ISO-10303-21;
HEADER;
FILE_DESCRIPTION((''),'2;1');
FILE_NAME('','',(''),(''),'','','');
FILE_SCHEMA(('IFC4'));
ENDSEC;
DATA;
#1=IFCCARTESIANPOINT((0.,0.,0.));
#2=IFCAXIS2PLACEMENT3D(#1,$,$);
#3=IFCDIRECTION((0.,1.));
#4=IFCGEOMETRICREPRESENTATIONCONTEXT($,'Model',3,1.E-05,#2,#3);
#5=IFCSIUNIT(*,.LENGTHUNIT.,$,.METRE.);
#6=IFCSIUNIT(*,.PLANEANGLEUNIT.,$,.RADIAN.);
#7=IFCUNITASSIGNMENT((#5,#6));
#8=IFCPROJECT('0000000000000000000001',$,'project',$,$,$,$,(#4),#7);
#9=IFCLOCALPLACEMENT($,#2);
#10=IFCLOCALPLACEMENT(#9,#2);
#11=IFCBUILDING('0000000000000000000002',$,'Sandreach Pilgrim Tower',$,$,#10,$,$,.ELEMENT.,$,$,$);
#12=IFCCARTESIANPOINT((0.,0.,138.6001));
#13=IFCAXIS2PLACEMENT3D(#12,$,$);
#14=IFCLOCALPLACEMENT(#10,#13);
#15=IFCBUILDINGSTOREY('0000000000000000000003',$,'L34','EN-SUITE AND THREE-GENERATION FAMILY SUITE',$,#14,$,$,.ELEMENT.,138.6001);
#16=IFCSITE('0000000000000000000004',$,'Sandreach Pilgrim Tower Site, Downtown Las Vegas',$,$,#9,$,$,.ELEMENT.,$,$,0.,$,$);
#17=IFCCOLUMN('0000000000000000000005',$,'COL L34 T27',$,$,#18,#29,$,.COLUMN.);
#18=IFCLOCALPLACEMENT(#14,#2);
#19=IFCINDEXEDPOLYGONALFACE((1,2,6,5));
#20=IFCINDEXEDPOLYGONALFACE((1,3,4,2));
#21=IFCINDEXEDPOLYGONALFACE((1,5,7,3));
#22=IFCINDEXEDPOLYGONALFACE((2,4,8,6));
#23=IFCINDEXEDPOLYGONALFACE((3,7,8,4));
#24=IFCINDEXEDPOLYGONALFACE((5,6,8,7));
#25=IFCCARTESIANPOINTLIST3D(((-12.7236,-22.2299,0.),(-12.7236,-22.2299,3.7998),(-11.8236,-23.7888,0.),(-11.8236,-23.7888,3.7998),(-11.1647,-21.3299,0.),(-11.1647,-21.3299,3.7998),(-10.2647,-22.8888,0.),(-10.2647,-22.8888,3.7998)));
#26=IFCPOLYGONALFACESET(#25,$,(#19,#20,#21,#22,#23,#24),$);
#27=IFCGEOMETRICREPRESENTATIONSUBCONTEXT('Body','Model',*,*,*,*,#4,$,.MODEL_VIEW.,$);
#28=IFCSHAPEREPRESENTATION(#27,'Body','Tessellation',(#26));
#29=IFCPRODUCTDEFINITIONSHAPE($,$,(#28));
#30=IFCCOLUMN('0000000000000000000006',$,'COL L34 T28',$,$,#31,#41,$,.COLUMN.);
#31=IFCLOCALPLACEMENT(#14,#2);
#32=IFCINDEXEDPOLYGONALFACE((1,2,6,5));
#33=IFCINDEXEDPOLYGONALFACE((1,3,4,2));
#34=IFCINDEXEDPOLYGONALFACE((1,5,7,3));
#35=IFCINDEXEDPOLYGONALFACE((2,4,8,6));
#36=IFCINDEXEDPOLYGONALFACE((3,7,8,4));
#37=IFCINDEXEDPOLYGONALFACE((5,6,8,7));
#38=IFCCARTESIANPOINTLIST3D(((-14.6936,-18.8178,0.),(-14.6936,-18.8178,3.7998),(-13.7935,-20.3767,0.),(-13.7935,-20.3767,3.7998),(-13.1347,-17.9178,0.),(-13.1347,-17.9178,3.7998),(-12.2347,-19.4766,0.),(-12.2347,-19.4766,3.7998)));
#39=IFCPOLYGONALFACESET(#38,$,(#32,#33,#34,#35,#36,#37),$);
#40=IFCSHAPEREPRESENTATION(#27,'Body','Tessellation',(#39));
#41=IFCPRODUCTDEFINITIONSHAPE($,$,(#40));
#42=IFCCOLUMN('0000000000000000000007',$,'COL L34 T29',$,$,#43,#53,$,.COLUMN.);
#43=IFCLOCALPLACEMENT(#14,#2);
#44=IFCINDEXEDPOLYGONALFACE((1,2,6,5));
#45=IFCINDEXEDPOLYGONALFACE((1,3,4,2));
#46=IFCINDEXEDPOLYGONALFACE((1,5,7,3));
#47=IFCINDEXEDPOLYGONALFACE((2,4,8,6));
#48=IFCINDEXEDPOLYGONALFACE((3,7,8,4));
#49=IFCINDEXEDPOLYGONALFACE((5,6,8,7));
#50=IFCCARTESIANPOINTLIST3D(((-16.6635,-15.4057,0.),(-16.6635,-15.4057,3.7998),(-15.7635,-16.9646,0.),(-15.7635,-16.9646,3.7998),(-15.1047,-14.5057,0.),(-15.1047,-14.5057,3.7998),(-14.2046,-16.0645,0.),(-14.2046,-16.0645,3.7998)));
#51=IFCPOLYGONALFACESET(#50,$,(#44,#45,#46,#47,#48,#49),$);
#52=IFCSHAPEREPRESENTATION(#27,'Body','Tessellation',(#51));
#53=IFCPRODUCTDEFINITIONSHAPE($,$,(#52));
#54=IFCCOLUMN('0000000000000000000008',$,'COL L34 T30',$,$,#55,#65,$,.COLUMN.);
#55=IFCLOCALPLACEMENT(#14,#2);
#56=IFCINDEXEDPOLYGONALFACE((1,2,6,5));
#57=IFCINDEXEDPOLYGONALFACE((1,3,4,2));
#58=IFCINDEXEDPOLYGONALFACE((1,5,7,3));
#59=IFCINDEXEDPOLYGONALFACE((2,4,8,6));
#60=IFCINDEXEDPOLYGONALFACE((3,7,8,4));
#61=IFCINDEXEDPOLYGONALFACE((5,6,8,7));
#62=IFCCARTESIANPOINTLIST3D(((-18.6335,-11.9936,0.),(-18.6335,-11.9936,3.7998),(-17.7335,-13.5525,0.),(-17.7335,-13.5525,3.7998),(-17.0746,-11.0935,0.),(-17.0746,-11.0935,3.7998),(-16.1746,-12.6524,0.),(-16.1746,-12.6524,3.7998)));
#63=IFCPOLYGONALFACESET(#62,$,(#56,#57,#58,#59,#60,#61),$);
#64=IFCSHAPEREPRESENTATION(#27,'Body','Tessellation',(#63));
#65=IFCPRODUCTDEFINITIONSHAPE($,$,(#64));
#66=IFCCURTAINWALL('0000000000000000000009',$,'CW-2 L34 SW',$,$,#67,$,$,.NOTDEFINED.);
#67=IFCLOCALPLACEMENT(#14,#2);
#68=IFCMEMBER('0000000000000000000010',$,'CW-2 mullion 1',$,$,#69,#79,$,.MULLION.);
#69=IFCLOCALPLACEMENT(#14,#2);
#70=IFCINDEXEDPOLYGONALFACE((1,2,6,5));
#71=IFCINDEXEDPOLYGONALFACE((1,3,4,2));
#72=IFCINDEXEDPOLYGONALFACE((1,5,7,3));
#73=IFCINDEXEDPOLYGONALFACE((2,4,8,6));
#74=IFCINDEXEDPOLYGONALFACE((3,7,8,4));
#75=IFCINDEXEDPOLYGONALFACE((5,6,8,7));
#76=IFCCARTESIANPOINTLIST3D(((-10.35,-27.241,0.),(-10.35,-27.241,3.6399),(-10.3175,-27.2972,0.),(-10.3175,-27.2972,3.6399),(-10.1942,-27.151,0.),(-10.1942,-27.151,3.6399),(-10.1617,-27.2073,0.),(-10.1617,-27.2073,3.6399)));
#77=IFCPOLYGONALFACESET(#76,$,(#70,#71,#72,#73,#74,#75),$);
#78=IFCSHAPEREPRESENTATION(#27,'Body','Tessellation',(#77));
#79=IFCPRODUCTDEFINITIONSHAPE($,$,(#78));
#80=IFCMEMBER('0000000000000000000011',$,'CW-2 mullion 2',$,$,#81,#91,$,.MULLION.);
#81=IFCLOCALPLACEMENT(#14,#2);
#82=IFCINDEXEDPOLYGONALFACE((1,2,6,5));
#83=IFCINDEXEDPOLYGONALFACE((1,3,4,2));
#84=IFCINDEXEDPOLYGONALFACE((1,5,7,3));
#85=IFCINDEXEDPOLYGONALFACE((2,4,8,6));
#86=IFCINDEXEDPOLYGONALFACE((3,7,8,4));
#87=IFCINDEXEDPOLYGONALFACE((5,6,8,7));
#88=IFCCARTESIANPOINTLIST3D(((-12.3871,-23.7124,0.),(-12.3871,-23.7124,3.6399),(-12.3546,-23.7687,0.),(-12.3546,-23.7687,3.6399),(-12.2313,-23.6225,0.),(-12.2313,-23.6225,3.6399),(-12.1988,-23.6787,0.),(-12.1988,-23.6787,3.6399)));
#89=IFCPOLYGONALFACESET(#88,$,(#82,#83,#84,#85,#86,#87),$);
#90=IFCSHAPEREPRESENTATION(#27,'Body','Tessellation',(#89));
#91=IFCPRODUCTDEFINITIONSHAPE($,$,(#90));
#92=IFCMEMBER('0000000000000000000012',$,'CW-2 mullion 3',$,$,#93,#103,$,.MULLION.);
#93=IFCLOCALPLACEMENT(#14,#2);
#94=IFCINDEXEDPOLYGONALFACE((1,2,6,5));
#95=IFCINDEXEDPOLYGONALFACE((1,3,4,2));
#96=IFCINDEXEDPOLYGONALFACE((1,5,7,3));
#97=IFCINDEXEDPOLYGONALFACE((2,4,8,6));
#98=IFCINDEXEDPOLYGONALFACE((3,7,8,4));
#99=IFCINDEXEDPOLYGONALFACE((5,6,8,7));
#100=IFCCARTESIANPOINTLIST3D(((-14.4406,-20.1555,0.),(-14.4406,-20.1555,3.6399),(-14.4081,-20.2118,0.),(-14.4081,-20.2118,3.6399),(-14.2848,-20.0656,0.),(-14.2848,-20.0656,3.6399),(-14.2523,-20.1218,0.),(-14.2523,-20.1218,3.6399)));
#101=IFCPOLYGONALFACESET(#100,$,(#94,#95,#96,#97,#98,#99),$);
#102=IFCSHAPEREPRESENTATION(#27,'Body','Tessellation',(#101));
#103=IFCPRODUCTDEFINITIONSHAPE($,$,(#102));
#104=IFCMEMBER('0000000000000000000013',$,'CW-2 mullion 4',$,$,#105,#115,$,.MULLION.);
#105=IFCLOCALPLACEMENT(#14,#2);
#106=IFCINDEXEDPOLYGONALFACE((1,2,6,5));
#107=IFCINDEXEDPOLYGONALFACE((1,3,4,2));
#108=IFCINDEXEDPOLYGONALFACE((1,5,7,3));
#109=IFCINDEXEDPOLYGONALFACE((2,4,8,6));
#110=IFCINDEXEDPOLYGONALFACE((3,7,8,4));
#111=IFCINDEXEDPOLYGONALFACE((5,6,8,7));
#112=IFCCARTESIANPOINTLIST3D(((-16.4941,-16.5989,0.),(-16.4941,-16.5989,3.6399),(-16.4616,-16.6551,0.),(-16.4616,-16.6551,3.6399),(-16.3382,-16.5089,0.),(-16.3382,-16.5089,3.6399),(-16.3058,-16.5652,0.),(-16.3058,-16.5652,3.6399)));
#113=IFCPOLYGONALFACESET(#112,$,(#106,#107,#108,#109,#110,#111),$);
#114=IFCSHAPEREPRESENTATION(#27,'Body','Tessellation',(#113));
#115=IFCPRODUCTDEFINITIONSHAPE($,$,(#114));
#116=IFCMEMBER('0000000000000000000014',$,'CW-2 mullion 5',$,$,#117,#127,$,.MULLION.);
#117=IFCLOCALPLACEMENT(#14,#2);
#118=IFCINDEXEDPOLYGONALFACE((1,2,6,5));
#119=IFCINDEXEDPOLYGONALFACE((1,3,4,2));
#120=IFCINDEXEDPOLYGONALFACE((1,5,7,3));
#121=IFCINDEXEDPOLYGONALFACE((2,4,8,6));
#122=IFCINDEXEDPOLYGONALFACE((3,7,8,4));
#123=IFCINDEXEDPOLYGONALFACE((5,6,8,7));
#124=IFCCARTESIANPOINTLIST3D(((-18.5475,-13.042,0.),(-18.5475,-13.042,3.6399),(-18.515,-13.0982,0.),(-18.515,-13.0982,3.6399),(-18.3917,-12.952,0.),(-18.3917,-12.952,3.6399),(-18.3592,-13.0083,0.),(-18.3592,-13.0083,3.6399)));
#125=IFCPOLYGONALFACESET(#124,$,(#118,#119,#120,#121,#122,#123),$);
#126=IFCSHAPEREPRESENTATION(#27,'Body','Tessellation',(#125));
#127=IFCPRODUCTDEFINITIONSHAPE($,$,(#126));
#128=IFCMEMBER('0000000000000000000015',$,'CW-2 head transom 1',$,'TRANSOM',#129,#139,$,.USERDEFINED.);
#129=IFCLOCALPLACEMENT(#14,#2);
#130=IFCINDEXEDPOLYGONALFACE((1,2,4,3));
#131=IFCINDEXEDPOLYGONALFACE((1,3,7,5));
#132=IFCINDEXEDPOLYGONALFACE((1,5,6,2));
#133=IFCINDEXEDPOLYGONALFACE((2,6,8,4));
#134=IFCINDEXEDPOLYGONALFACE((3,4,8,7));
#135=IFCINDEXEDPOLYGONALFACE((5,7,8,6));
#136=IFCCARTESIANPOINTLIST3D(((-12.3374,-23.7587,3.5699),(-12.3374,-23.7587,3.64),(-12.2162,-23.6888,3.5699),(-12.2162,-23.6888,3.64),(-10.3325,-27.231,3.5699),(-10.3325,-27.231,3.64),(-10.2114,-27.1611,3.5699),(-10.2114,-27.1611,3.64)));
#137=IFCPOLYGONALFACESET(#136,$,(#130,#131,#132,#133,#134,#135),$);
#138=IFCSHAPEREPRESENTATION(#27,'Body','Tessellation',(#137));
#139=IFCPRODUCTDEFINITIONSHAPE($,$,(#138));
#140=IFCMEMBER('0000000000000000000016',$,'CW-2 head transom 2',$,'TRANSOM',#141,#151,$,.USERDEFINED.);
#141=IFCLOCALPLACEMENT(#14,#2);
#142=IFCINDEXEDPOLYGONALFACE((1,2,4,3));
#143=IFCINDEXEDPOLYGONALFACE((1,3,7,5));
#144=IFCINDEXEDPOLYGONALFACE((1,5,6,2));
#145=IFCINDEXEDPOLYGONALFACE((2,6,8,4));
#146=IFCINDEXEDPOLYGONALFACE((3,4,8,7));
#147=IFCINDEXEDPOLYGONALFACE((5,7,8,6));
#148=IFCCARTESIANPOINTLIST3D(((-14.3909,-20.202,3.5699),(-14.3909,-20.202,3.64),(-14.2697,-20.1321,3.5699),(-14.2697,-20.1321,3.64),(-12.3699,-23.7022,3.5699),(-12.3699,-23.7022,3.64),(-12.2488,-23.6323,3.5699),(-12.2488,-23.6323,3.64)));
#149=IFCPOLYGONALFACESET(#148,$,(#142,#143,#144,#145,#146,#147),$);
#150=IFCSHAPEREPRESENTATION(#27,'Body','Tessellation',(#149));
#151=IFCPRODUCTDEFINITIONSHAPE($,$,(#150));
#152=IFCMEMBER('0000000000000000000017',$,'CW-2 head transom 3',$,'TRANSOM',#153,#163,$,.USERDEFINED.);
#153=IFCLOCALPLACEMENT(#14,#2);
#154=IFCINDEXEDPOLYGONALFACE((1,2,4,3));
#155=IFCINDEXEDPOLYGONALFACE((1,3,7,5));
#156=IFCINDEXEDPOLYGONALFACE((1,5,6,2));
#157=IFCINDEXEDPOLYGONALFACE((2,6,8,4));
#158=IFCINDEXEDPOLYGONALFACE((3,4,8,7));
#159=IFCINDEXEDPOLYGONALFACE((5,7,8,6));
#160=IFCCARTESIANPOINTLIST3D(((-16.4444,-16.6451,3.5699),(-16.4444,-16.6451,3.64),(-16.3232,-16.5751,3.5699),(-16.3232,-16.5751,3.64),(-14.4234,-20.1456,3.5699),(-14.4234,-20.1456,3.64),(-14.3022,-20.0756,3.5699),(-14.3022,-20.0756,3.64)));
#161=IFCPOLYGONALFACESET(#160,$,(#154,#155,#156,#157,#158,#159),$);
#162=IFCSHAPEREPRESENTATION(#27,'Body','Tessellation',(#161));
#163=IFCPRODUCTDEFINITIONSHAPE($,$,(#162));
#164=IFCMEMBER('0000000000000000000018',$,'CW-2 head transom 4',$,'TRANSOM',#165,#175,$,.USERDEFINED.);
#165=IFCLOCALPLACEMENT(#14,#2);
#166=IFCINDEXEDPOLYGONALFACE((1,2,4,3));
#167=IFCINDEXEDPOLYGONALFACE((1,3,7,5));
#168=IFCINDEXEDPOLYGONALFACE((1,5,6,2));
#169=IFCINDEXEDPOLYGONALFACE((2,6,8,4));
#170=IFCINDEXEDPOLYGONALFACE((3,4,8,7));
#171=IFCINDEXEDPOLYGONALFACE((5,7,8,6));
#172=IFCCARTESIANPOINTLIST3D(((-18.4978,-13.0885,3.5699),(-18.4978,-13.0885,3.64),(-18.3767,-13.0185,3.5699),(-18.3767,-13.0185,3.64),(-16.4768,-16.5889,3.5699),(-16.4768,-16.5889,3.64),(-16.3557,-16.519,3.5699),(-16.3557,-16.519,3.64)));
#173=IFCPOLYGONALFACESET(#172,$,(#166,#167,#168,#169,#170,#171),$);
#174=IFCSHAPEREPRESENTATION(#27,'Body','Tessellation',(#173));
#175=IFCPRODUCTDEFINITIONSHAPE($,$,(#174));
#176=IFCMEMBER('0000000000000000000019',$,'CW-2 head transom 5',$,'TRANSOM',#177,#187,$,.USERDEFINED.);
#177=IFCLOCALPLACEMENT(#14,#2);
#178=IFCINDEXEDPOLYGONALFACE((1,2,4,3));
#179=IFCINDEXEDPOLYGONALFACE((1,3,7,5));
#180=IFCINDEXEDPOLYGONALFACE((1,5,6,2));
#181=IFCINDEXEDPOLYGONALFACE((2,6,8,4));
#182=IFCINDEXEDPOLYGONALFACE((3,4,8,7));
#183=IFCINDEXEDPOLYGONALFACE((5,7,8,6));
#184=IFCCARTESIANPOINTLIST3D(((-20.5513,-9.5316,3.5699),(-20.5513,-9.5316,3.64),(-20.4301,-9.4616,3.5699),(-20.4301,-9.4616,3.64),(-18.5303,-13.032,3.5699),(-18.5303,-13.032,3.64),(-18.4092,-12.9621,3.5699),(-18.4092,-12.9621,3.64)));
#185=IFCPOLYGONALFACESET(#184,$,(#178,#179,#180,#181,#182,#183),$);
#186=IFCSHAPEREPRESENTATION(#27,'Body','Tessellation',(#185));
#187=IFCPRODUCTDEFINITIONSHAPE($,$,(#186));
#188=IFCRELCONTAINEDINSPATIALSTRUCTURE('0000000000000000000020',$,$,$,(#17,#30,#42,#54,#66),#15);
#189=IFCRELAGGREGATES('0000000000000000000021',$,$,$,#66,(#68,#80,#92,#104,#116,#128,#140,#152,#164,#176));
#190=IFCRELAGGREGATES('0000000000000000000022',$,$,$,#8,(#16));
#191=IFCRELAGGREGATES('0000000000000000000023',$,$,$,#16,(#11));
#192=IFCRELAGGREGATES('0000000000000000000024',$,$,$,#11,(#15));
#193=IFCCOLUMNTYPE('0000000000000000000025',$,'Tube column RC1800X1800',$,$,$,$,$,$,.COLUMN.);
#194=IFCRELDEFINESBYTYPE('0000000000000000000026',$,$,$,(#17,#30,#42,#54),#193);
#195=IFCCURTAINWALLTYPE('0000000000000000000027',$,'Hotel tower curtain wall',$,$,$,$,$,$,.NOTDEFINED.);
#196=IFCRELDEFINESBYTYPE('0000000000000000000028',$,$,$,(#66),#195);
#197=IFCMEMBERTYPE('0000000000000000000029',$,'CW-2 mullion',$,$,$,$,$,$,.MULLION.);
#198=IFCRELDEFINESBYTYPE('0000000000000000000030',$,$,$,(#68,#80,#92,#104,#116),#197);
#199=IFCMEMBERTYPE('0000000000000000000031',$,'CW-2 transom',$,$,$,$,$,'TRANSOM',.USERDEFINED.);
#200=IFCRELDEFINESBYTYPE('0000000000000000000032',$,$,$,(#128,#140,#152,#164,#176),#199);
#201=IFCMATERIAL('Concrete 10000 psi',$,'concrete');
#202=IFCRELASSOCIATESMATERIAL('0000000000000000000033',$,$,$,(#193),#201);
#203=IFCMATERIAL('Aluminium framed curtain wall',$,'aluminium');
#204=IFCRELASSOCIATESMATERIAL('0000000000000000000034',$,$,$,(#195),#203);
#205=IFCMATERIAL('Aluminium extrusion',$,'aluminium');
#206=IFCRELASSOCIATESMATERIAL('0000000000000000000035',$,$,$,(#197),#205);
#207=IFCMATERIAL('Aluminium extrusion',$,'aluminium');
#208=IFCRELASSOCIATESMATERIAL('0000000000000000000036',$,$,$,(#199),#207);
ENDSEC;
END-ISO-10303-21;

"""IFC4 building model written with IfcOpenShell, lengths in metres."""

from ifc_helpers import new_model, si_unit, direction, frame, origin, origin_2d, place, context, subcontext, project, spatial, rectangle, extrude, material, material_profile, profile_set, type_object, element, aggregate, save


model = new_model("IFC4")

# Units and contexts
model_context = context("Model", 3, precision=1e-05, world=origin(), true_north=direction((0.0, 1.0)))
body_context = subcontext(model_context, "Body", "Model", "MODEL_VIEW")
ifc_project = project(units=[si_unit("LENGTHUNIT", "METRE"), si_unit("PLANEANGLEUNIT", "RADIAN")], contexts=[model_context])

# Site, building, storey
site_placement = place(None, origin())
site = spatial("IfcSite", under=ifc_project, at=site_placement, Name="Sandreach Pilgrim Tower Site, Downtown Las Vegas", CompositionType="ELEMENT", RefElevation=0.0)
building_placement = place(site_placement, origin())
building = spatial("IfcBuilding", under=site, at=building_placement, Name="Sandreach Pilgrim Tower", CompositionType="ELEMENT")
storey_placement = place(building_placement, frame((0.0, 0.0, 138.6001)))
storey = spatial("IfcBuildingStorey", under=building, at=storey_placement, Name="L34", Description="EN-SUITE AND THREE-GENERATION FAMILY SUITE", CompositionType="ELEMENT", Elevation=138.6001)

# Columns
ifc_material_1 = material(Name="Concrete 10000 psi", Category="concrete")
ifc_material_profile_1 = material_profile(ifc_material_1, rectangle(XDim=1.8, YDim=1.8, at=origin_2d()), Name="RC1800X1800")
ifc_profile_set_1 = profile_set([ifc_material_profile_1], Name="Concrete 10000 psi")
column_type = type_object("IfcColumnType", Name="Tube column RC1800X1800", PredefinedType="COLUMN", material=ifc_profile_set_1)
for number, where, z_axis, x_axis, name in (
    (1, (-11.4941, -22.5593, 0.0), (0.0, 0.0, 1.0), (-0.866025, -0.5, 0.0), "COL L34 T27"),
    (2, (-13.4641, -19.1472, 0.0), (0.0, 0.0, 1.0), (-0.866025, -0.5, 0.0), "COL L34 T28"),
    (3, (-15.4341, -15.7351, 0.0), (0.0, 0.0, 1.0), (-0.866025, -0.5, 0.0), "COL L34 T29"),
    (4, (-17.4041, -12.323, 0.0), (0.0, 0.0, 1.0), (-0.866025, -0.5, 0.0), "COL L34 T30"),
):
    element("IfcColumn", number, at=place(storey_placement, frame(where, z_axis=z_axis, x_axis=x_axis)), inside=storey, type_object=column_type, Name=name, PredefinedType="COLUMN", context=body_context, shape_type="SweptSolid", body=[
        extrude(rectangle(XDim=1.8, YDim=1.8, at=origin_2d()), origin(), (0.0, 0.0, 1.0), 3.7998),
    ])

# Curtain wall, members
ifc_material_2 = material(Name="Aluminium framed curtain wall", Category="aluminium")
curtain_wall_type = type_object("IfcCurtainWallType", Name="Hotel tower curtain wall", PredefinedType="NOTDEFINED", material=ifc_material_2)
curtain_wall_placement = place(storey_placement, origin())
curtain_wall = element("IfcCurtainWall", 5, at=curtain_wall_placement, inside=storey, type_object=curtain_wall_type, Name="CW-2 L34 SW", PredefinedType="NOTDEFINED")
ifc_material_3 = material(Name="Aluminium extrusion", Category="aluminium")
ifc_material_profile_2 = material_profile(ifc_material_3, rectangle(XDim=0.0649, YDim=0.1799, at=origin_2d()), Name="CW-2M 65X180")
ifc_profile_set_2 = profile_set([ifc_material_profile_2], Name="Aluminium extrusion")
member_type_1 = type_object("IfcMemberType", Name="CW-2 mullion", PredefinedType="MULLION", material=ifc_profile_set_2)
member_1_placement = place(storey_placement, frame((-10.2559, -27.2241, 0.0), z_axis=(0.0, 0.0, 1.0), x_axis=(-0.5, 0.866025, 0.0)))
member_1 = element("IfcMember", 6, at=member_1_placement, type_object=member_type_1, Name="CW-2 mullion 1", PredefinedType="MULLION", context=body_context, shape_type="SweptSolid", body=[
    extrude(rectangle(XDim=0.0649, YDim=0.1799, at=origin_2d()), origin(), (0.0, 0.0, 1.0), 3.6399),
])
member_2_placement = place(storey_placement, frame((-12.293, -23.6956, 0.0), z_axis=(0.0, 0.0, 1.0), x_axis=(-0.5, 0.866025, 0.0)))
member_2 = element("IfcMember", 7, at=member_2_placement, type_object=member_type_1, Name="CW-2 mullion 2", PredefinedType="MULLION", context=body_context, shape_type="SweptSolid", body=[
    extrude(rectangle(XDim=0.0649, YDim=0.1799, at=origin_2d()), origin(), (0.0, 0.0, 1.0), 3.6399),
])
member_3_placement = place(storey_placement, frame((-14.3464, -20.1387, 0.0), z_axis=(0.0, 0.0, 1.0), x_axis=(-0.5, 0.866025, 0.0)))
member_3 = element("IfcMember", 8, at=member_3_placement, type_object=member_type_1, Name="CW-2 mullion 3", PredefinedType="MULLION", context=body_context, shape_type="SweptSolid", body=[
    extrude(rectangle(XDim=0.0649, YDim=0.1799, at=origin_2d()), origin(), (0.0, 0.0, 1.0), 3.6399),
])
member_4_placement = place(storey_placement, frame((-16.3999, -16.582, 0.0), z_axis=(0.0, 0.0, 1.0), x_axis=(-0.5, 0.866025, 0.0)))
member_4 = element("IfcMember", 9, at=member_4_placement, type_object=member_type_1, Name="CW-2 mullion 4", PredefinedType="MULLION", context=body_context, shape_type="SweptSolid", body=[
    extrude(rectangle(XDim=0.0649, YDim=0.1799, at=origin_2d()), origin(), (0.0, 0.0, 1.0), 3.6399),
])
member_5_placement = place(storey_placement, frame((-18.4534, -13.0251, 0.0), z_axis=(0.0, 0.0, 1.0), x_axis=(-0.5, 0.866025, 0.0)))
member_5 = element("IfcMember", 10, at=member_5_placement, type_object=member_type_1, Name="CW-2 mullion 5", PredefinedType="MULLION", context=body_context, shape_type="SweptSolid", body=[
    extrude(rectangle(XDim=0.0649, YDim=0.1799, at=origin_2d()), origin(), (0.0, 0.0, 1.0), 3.6399),
])
ifc_material_4 = material(Name="Aluminium extrusion", Category="aluminium")
ifc_material_profile_3 = material_profile(ifc_material_4, rectangle(XDim=0.1399, YDim=0.0701, at=origin_2d()), Name="CW-2T 140X70")
ifc_profile_set_3 = profile_set([ifc_material_profile_3], Name="Aluminium extrusion")
member_type_2 = type_object("IfcMemberType", Name="CW-2 transom", ElementType="TRANSOM", PredefinedType="USERDEFINED", material=ifc_profile_set_3)
member_6_placement = place(storey_placement, frame((-10.272, -27.196, 3.605), z_axis=(-0.500016, 0.866016, 0.0), x_axis=(-0.866016, -0.500016, 0.0)))
member_6 = element("IfcMember", 11, at=member_6_placement, type_object=member_type_2, Name="CW-2 head transom 1", ObjectType="TRANSOM", PredefinedType="USERDEFINED", context=body_context, shape_type="SweptSolid", body=[
    extrude(rectangle(XDim=0.1399, YDim=0.0701, at=origin_2d()), origin(), (0.0, 0.0, 1.0), 4.0095),
])
member_7_placement = place(storey_placement, frame((-12.3093, -23.6672, 3.605), z_axis=(-0.500024, 0.866012, 0.0), x_axis=(-0.866012, -0.500024, 0.0)))
member_7 = element("IfcMember", 12, at=member_7_placement, type_object=member_type_2, Name="CW-2 head transom 2", ObjectType="TRANSOM", PredefinedType="USERDEFINED", context=body_context, shape_type="SweptSolid", body=[
    extrude(rectangle(XDim=0.1399, YDim=0.0701, at=origin_2d()), origin(), (0.0, 0.0, 1.0), 4.0417),
])
member_8_placement = place(storey_placement, frame((-14.3628, -20.1106, 3.605), z_axis=(-0.499998, 0.866027, 0.0), x_axis=(-0.866027, -0.499998, 0.0)))
member_8 = element("IfcMember", 13, at=member_8_placement, type_object=member_type_2, Name="CW-2 head transom 3", ObjectType="TRANSOM", PredefinedType="USERDEFINED", context=body_context, shape_type="SweptSolid", body=[
    extrude(rectangle(XDim=0.1399, YDim=0.0701, at=origin_2d()), origin(), (0.0, 0.0, 1.0), 4.042),
])
member_9_placement = place(storey_placement, frame((-16.4163, -16.554, 3.605), z_axis=(-0.499998, 0.866027, 0.0), x_axis=(-0.866027, -0.499998, 0.0)))
member_9 = element("IfcMember", 14, at=member_9_placement, type_object=member_type_2, Name="CW-2 head transom 4", ObjectType="TRANSOM", PredefinedType="USERDEFINED", context=body_context, shape_type="SweptSolid", body=[
    extrude(rectangle(XDim=0.1399, YDim=0.0701, at=origin_2d()), origin(), (0.0, 0.0, 1.0), 4.042),
])
member_10_placement = place(storey_placement, frame((-18.4697, -12.9971, 3.605), z_axis=(-0.499998, 0.866027, 0.0), x_axis=(-0.866027, -0.499998, 0.0)))
member_10 = element("IfcMember", 15, at=member_10_placement, type_object=member_type_2, Name="CW-2 head transom 5", ObjectType="TRANSOM", PredefinedType="USERDEFINED", context=body_context, shape_type="SweptSolid", body=[
    extrude(rectangle(XDim=0.1399, YDim=0.0701, at=origin_2d()), origin(), (0.0, 0.0, 1.0), 4.042),
])

aggregate(curtain_wall, [member_1, member_2, member_3, member_4, member_5, member_6, member_7, member_8, member_9, member_10])

save(model, "model.ifc")
